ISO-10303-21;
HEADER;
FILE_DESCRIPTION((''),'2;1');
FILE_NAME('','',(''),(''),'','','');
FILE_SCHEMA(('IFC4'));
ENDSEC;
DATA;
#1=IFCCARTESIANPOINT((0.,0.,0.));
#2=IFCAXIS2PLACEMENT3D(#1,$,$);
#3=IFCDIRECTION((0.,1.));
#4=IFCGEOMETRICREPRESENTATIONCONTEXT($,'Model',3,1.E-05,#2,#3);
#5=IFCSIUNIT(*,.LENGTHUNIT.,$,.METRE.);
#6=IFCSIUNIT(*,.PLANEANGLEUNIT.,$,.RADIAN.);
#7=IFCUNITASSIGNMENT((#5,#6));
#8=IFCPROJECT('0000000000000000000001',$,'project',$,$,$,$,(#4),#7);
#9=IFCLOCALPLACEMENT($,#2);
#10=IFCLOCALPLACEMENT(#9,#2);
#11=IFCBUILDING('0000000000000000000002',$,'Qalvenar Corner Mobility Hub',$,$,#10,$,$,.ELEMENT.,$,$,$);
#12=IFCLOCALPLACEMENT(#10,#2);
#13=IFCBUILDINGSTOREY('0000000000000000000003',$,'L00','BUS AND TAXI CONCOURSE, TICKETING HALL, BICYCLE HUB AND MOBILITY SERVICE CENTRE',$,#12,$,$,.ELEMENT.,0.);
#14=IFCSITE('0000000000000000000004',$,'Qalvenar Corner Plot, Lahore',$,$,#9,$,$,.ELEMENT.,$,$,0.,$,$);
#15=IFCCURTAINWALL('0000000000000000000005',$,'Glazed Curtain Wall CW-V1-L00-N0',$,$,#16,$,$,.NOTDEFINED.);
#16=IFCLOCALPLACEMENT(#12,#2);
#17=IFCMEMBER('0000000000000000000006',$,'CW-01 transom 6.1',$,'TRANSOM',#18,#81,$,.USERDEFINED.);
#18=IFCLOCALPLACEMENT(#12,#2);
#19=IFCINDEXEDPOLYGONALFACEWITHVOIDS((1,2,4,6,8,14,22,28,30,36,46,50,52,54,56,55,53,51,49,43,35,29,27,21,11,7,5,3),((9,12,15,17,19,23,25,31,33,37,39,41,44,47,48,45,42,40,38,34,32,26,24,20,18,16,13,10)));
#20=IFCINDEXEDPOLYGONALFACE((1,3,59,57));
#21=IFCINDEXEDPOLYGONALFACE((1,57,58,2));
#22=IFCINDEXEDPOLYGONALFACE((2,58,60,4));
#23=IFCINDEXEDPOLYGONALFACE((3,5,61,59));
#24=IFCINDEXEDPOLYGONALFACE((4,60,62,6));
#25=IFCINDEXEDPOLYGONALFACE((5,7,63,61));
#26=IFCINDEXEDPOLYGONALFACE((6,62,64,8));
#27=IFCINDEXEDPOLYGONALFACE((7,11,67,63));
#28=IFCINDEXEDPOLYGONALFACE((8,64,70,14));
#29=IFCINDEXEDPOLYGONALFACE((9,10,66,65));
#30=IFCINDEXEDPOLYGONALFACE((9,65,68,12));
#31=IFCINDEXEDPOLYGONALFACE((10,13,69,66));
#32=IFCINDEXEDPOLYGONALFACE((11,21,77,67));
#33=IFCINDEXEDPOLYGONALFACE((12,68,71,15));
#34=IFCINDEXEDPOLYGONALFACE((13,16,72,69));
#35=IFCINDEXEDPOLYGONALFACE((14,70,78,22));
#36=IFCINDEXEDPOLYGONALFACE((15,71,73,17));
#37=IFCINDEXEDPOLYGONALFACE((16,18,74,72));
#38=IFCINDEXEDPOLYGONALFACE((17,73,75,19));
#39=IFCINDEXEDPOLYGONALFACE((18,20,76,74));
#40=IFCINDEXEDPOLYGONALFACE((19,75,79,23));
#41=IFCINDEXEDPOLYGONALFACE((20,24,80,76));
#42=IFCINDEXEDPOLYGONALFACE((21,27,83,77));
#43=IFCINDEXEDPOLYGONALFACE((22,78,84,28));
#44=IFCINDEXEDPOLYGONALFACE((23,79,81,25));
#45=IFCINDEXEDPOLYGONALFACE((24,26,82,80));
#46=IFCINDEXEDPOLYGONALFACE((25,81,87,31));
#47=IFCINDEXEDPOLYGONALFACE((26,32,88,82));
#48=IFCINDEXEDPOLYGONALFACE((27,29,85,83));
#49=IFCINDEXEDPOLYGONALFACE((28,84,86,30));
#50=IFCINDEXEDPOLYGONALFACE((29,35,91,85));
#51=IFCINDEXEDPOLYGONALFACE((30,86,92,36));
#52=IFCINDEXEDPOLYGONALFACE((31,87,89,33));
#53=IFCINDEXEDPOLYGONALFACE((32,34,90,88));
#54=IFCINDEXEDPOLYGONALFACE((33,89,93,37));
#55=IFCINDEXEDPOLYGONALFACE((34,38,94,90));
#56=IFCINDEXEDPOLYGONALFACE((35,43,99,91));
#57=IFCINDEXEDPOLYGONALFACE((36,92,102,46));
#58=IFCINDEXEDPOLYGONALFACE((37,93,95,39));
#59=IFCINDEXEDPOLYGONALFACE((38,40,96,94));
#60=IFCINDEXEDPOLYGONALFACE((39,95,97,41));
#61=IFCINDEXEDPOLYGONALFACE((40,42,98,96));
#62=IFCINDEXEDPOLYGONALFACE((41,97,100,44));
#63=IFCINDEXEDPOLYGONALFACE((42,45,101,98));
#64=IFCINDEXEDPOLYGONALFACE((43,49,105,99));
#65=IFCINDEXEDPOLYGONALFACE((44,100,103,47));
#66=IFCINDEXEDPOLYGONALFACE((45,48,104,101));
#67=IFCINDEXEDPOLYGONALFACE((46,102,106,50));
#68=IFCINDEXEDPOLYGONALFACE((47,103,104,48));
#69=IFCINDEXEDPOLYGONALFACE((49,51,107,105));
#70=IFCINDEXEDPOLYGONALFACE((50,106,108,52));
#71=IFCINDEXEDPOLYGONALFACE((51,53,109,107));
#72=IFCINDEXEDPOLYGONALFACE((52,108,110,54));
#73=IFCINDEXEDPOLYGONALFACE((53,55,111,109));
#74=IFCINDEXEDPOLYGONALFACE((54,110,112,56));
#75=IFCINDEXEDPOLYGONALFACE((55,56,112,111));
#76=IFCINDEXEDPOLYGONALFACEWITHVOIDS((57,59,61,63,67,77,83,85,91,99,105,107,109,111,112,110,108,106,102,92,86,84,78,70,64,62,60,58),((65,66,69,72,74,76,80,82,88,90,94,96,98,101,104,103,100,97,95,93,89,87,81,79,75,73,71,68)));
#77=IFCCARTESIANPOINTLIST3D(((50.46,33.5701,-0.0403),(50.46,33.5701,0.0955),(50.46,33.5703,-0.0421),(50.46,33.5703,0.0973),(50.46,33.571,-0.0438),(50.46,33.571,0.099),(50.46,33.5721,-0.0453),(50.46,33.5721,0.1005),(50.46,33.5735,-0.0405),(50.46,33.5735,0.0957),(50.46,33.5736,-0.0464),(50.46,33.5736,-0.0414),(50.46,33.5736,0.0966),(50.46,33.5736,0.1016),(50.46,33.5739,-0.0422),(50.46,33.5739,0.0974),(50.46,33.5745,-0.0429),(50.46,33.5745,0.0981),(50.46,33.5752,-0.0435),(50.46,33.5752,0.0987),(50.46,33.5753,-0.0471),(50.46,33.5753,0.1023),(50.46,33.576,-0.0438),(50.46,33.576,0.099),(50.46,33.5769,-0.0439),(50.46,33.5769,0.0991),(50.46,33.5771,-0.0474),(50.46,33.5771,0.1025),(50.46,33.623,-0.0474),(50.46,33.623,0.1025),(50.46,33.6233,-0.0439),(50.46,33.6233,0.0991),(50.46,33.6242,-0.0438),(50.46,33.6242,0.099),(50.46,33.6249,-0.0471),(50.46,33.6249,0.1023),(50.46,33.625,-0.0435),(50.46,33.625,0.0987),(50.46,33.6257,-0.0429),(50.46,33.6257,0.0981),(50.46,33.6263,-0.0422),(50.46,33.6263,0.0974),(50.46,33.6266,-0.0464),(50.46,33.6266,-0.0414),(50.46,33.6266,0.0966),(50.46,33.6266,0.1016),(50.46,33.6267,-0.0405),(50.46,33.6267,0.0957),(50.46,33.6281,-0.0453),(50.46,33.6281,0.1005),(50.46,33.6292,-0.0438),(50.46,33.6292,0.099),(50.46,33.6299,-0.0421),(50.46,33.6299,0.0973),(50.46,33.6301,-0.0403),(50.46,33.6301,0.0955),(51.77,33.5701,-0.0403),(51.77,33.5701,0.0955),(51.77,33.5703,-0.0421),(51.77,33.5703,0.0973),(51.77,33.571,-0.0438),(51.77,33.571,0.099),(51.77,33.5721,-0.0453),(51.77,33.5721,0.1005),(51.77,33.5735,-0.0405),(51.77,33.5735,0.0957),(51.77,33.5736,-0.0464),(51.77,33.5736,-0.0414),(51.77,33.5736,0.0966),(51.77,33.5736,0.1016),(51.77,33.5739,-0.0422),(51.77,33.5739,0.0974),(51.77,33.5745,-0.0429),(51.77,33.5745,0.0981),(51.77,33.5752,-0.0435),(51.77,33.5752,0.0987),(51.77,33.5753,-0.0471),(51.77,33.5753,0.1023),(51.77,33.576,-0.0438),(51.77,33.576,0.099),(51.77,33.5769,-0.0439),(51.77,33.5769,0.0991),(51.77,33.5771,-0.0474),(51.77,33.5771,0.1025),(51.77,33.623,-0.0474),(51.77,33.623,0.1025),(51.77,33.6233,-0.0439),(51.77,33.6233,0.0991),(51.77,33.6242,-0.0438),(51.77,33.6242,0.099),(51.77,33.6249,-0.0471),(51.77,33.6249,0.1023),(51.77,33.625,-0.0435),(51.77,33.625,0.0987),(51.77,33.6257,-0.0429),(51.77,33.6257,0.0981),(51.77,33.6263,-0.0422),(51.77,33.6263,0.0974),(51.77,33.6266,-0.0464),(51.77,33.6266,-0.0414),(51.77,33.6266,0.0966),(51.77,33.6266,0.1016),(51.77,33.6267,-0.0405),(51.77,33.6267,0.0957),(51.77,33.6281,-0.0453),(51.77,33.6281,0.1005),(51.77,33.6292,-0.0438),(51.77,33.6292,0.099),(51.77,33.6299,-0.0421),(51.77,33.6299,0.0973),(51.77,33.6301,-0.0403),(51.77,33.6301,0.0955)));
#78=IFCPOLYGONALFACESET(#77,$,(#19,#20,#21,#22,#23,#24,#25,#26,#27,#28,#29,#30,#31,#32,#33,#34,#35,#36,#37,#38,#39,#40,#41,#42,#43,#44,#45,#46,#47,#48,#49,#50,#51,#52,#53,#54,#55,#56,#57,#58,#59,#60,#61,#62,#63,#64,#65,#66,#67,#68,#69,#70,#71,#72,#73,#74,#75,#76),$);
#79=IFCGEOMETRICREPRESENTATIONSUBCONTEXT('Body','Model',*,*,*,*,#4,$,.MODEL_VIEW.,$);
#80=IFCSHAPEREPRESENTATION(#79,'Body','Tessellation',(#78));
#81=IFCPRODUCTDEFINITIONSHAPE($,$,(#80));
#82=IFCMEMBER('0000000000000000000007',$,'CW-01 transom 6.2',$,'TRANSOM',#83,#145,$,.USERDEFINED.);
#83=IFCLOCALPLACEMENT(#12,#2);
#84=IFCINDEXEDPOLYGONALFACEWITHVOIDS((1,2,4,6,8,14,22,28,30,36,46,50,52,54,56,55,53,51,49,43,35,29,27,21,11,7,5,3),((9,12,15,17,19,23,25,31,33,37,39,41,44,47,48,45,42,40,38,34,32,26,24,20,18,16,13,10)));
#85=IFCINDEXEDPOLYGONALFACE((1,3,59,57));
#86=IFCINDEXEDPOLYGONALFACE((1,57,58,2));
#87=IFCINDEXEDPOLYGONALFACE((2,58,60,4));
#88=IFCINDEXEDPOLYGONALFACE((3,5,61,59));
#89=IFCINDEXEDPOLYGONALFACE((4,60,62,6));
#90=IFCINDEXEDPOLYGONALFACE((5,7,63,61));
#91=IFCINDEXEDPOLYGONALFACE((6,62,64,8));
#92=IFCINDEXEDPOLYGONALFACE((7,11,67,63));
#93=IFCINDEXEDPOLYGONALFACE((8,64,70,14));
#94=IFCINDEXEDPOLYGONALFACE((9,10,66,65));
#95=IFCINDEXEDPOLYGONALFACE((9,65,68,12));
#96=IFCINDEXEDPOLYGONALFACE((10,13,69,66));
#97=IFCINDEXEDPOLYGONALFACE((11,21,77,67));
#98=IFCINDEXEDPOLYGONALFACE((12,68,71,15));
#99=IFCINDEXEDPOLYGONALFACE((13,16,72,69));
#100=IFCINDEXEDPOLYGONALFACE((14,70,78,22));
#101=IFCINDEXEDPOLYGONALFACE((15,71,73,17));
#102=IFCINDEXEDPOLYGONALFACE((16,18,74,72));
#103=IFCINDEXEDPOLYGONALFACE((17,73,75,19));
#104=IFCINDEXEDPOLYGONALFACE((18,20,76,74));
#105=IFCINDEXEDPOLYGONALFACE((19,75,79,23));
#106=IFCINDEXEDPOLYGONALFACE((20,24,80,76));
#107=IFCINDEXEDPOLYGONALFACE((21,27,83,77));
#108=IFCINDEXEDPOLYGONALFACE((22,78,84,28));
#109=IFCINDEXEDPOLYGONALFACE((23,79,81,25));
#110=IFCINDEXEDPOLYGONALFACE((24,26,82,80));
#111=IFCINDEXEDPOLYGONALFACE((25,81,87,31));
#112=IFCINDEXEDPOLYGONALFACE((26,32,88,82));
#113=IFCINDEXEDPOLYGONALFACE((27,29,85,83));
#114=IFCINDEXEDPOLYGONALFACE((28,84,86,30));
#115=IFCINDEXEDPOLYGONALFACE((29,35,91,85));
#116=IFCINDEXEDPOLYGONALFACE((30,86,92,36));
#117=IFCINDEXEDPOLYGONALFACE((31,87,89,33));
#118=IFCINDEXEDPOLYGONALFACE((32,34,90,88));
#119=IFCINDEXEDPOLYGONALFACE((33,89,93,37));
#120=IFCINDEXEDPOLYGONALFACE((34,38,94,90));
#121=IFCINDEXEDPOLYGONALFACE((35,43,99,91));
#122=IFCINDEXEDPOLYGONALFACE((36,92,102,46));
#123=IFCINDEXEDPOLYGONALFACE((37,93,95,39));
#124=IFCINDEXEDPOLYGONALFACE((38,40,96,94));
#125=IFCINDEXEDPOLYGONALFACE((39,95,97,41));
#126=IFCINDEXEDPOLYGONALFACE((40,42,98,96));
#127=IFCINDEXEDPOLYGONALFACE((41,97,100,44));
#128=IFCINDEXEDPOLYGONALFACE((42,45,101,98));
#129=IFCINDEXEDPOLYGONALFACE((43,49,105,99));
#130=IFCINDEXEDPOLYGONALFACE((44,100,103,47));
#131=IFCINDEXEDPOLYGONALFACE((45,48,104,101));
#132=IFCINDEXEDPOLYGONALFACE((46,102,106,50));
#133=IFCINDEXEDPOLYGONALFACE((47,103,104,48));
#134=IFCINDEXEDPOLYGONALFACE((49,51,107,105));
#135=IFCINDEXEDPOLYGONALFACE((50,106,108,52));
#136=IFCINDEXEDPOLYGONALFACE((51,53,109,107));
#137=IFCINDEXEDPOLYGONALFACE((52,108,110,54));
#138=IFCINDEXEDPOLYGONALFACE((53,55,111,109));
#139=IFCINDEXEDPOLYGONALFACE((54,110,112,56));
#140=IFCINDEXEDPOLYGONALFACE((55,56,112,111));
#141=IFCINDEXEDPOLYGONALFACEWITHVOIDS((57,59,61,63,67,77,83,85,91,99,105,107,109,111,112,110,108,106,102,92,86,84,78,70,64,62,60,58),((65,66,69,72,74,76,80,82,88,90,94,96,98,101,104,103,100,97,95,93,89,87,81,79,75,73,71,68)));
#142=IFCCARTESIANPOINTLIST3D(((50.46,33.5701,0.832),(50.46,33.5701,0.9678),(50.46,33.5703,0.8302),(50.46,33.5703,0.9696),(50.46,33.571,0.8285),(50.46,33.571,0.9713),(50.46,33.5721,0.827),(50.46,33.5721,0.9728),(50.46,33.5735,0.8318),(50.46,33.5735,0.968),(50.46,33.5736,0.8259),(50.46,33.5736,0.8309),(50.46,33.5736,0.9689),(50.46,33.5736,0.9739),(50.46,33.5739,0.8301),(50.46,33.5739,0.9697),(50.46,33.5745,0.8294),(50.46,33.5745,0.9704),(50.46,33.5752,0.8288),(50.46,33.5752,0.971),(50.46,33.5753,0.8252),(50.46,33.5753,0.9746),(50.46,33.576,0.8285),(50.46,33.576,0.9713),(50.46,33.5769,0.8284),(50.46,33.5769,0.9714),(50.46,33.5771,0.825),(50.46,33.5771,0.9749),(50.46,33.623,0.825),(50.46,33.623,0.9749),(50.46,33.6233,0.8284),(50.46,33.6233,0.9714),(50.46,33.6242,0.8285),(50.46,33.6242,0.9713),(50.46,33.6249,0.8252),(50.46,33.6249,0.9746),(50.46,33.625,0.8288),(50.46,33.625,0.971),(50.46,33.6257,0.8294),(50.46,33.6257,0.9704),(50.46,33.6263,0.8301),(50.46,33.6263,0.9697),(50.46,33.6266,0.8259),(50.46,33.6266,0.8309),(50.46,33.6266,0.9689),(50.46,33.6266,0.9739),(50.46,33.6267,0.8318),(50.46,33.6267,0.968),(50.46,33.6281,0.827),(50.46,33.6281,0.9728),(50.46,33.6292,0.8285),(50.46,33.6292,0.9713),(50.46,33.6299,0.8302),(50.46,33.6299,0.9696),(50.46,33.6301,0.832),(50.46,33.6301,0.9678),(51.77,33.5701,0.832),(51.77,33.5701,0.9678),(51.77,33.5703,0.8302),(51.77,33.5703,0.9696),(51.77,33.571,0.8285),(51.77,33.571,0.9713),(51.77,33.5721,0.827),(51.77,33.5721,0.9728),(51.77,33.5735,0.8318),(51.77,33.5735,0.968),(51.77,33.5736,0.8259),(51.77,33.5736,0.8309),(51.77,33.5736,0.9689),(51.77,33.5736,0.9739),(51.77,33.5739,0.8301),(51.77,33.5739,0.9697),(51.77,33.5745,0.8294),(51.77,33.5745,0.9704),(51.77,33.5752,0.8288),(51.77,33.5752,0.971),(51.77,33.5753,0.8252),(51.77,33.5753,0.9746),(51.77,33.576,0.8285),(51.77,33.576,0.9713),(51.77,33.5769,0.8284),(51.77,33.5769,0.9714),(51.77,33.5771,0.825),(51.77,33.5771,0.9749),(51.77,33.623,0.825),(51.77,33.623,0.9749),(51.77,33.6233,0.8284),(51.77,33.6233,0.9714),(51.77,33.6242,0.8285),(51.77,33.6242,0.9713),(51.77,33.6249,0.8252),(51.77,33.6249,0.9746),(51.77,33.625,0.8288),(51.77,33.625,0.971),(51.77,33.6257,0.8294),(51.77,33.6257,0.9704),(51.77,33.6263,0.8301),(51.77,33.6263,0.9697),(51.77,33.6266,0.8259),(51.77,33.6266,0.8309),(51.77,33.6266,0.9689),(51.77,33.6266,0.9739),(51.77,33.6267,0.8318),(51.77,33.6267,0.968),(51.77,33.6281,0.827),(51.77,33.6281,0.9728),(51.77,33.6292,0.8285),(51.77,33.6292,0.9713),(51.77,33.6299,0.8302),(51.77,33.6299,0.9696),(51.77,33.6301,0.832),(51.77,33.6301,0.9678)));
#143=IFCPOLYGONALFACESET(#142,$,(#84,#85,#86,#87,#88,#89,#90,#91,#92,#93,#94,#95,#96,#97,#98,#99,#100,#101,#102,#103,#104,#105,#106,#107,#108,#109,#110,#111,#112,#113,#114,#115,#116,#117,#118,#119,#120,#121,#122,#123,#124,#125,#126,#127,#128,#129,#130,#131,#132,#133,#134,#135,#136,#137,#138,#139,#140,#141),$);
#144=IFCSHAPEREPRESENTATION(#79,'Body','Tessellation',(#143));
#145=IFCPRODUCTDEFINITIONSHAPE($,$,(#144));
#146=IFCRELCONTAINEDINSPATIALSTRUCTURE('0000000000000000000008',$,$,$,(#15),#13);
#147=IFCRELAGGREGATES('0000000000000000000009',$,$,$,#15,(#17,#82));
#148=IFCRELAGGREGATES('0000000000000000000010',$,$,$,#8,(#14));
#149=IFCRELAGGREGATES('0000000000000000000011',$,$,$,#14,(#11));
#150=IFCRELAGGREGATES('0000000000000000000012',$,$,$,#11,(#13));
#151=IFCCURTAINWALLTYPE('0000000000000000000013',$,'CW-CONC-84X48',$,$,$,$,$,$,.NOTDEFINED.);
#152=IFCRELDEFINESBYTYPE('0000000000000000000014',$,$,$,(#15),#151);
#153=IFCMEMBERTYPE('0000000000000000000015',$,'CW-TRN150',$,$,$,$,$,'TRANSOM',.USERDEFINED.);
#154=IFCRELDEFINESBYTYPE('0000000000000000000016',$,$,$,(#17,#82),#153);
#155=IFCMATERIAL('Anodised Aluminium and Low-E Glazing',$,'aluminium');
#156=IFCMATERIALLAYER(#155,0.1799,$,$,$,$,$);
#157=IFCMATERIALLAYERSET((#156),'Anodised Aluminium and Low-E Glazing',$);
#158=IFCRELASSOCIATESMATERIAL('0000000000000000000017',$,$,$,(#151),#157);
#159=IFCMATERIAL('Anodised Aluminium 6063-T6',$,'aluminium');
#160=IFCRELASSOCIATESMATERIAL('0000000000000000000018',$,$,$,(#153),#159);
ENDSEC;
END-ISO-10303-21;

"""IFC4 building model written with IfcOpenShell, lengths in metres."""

from ifc_helpers import new_model, si_unit, direction, frame, origin, origin_2d, place, context, subcontext, project, spatial, hollow_rectangle, extrude, material, layer, layer_set, material_profile, profile_set, type_object, element, aggregate, save


model = new_model("IFC4")

# Units and contexts
model_context = context("Model", 3, precision=1e-05, world=origin(), true_north=direction((0.0, 1.0)))
body_context = subcontext(model_context, "Body", "Model", "MODEL_VIEW")
ifc_project = project(units=[si_unit("LENGTHUNIT", "METRE"), si_unit("PLANEANGLEUNIT", "RADIAN")], contexts=[model_context])

# Site, building, storey
site_placement = place(None, origin())
site = spatial("IfcSite", under=ifc_project, at=site_placement, Name="Qalvenar Corner Plot, Lahore", CompositionType="ELEMENT", RefElevation=0.0)
building_placement = place(site_placement, origin())
building = spatial("IfcBuilding", under=site, at=building_placement, Name="Qalvenar Corner Mobility Hub", CompositionType="ELEMENT")
storey_placement = place(building_placement, origin())
storey = spatial("IfcBuildingStorey", under=building, at=storey_placement, Name="L00", Description="BUS AND TAXI CONCOURSE, TICKETING HALL, BICYCLE HUB AND MOBILITY SERVICE CENTRE", CompositionType="ELEMENT", Elevation=0.0)

# Curtain wall, members
ifc_material_1 = material(Name="Anodised Aluminium and Low-E Glazing", Category="aluminium")
ifc_layer_1 = layer(ifc_material_1, 0.1799)
ifc_layer_set_1 = layer_set([ifc_layer_1], Name="Anodised Aluminium and Low-E Glazing")
curtain_wall_type = type_object("IfcCurtainWallType", Name="CW-CONC-84X48", PredefinedType="NOTDEFINED", material=ifc_layer_set_1)
curtain_wall_placement = place(storey_placement, origin())
curtain_wall = element("IfcCurtainWall", 1, at=curtain_wall_placement, inside=storey, type_object=curtain_wall_type, Name="Glazed Curtain Wall CW-V1-L00-N0", PredefinedType="NOTDEFINED")
ifc_material_2 = material(Name="Anodised Aluminium 6063-T6", Category="aluminium")
ifc_material_profile_1 = material_profile(ifc_material_2, hollow_rectangle(XDim=0.0601, YDim=0.1499, WallThickness=0.0034, InnerFilletRadius=0.0034, OuterFilletRadius=0.0071, at=origin_2d()), Name="RHS150x60x3.5")
ifc_profile_set_1 = profile_set([ifc_material_profile_1], Name="Anodised Aluminium 6063-T6")
member_type_1 = type_object("IfcMemberType", Name="CW-TRN150", ElementType="TRANSOM", PredefinedType="USERDEFINED", material=ifc_profile_set_1)
member_1_placement = place(storey_placement, frame((51.77, 33.6001, 0.0276), z_axis=(-1.0, 0.0, 0.0), x_axis=(0.0, -1.0, 0.0)))
member_1 = element("IfcMember", 2, at=member_1_placement, type_object=member_type_1, Name="CW-01 transom 6.1", ObjectType="TRANSOM", PredefinedType="USERDEFINED", context=body_context, shape_type="SweptSolid", body=[
    extrude(hollow_rectangle(XDim=0.0601, YDim=0.1499, WallThickness=0.0034, InnerFilletRadius=0.0034, OuterFilletRadius=0.0071, at=origin_2d()), origin(), (0.0, 0.0, 1.0), 1.3101),
])
member_2_placement = place(storey_placement, frame((51.77, 33.6001, 0.8999), z_axis=(-1.0, 0.0, 0.0), x_axis=(0.0, -1.0, 0.0)))
member_2 = element("IfcMember", 3, at=member_2_placement, type_object=member_type_1, Name="CW-01 transom 6.2", ObjectType="TRANSOM", PredefinedType="USERDEFINED", context=body_context, shape_type="SweptSolid", body=[
    extrude(hollow_rectangle(XDim=0.0601, YDim=0.1499, WallThickness=0.0034, InnerFilletRadius=0.0034, OuterFilletRadius=0.0071, at=origin_2d()), origin(), (0.0, 0.0, 1.0), 1.3101),
])
aggregate(curtain_wall, [member_1, member_2])

save(model, "model.ifc")
